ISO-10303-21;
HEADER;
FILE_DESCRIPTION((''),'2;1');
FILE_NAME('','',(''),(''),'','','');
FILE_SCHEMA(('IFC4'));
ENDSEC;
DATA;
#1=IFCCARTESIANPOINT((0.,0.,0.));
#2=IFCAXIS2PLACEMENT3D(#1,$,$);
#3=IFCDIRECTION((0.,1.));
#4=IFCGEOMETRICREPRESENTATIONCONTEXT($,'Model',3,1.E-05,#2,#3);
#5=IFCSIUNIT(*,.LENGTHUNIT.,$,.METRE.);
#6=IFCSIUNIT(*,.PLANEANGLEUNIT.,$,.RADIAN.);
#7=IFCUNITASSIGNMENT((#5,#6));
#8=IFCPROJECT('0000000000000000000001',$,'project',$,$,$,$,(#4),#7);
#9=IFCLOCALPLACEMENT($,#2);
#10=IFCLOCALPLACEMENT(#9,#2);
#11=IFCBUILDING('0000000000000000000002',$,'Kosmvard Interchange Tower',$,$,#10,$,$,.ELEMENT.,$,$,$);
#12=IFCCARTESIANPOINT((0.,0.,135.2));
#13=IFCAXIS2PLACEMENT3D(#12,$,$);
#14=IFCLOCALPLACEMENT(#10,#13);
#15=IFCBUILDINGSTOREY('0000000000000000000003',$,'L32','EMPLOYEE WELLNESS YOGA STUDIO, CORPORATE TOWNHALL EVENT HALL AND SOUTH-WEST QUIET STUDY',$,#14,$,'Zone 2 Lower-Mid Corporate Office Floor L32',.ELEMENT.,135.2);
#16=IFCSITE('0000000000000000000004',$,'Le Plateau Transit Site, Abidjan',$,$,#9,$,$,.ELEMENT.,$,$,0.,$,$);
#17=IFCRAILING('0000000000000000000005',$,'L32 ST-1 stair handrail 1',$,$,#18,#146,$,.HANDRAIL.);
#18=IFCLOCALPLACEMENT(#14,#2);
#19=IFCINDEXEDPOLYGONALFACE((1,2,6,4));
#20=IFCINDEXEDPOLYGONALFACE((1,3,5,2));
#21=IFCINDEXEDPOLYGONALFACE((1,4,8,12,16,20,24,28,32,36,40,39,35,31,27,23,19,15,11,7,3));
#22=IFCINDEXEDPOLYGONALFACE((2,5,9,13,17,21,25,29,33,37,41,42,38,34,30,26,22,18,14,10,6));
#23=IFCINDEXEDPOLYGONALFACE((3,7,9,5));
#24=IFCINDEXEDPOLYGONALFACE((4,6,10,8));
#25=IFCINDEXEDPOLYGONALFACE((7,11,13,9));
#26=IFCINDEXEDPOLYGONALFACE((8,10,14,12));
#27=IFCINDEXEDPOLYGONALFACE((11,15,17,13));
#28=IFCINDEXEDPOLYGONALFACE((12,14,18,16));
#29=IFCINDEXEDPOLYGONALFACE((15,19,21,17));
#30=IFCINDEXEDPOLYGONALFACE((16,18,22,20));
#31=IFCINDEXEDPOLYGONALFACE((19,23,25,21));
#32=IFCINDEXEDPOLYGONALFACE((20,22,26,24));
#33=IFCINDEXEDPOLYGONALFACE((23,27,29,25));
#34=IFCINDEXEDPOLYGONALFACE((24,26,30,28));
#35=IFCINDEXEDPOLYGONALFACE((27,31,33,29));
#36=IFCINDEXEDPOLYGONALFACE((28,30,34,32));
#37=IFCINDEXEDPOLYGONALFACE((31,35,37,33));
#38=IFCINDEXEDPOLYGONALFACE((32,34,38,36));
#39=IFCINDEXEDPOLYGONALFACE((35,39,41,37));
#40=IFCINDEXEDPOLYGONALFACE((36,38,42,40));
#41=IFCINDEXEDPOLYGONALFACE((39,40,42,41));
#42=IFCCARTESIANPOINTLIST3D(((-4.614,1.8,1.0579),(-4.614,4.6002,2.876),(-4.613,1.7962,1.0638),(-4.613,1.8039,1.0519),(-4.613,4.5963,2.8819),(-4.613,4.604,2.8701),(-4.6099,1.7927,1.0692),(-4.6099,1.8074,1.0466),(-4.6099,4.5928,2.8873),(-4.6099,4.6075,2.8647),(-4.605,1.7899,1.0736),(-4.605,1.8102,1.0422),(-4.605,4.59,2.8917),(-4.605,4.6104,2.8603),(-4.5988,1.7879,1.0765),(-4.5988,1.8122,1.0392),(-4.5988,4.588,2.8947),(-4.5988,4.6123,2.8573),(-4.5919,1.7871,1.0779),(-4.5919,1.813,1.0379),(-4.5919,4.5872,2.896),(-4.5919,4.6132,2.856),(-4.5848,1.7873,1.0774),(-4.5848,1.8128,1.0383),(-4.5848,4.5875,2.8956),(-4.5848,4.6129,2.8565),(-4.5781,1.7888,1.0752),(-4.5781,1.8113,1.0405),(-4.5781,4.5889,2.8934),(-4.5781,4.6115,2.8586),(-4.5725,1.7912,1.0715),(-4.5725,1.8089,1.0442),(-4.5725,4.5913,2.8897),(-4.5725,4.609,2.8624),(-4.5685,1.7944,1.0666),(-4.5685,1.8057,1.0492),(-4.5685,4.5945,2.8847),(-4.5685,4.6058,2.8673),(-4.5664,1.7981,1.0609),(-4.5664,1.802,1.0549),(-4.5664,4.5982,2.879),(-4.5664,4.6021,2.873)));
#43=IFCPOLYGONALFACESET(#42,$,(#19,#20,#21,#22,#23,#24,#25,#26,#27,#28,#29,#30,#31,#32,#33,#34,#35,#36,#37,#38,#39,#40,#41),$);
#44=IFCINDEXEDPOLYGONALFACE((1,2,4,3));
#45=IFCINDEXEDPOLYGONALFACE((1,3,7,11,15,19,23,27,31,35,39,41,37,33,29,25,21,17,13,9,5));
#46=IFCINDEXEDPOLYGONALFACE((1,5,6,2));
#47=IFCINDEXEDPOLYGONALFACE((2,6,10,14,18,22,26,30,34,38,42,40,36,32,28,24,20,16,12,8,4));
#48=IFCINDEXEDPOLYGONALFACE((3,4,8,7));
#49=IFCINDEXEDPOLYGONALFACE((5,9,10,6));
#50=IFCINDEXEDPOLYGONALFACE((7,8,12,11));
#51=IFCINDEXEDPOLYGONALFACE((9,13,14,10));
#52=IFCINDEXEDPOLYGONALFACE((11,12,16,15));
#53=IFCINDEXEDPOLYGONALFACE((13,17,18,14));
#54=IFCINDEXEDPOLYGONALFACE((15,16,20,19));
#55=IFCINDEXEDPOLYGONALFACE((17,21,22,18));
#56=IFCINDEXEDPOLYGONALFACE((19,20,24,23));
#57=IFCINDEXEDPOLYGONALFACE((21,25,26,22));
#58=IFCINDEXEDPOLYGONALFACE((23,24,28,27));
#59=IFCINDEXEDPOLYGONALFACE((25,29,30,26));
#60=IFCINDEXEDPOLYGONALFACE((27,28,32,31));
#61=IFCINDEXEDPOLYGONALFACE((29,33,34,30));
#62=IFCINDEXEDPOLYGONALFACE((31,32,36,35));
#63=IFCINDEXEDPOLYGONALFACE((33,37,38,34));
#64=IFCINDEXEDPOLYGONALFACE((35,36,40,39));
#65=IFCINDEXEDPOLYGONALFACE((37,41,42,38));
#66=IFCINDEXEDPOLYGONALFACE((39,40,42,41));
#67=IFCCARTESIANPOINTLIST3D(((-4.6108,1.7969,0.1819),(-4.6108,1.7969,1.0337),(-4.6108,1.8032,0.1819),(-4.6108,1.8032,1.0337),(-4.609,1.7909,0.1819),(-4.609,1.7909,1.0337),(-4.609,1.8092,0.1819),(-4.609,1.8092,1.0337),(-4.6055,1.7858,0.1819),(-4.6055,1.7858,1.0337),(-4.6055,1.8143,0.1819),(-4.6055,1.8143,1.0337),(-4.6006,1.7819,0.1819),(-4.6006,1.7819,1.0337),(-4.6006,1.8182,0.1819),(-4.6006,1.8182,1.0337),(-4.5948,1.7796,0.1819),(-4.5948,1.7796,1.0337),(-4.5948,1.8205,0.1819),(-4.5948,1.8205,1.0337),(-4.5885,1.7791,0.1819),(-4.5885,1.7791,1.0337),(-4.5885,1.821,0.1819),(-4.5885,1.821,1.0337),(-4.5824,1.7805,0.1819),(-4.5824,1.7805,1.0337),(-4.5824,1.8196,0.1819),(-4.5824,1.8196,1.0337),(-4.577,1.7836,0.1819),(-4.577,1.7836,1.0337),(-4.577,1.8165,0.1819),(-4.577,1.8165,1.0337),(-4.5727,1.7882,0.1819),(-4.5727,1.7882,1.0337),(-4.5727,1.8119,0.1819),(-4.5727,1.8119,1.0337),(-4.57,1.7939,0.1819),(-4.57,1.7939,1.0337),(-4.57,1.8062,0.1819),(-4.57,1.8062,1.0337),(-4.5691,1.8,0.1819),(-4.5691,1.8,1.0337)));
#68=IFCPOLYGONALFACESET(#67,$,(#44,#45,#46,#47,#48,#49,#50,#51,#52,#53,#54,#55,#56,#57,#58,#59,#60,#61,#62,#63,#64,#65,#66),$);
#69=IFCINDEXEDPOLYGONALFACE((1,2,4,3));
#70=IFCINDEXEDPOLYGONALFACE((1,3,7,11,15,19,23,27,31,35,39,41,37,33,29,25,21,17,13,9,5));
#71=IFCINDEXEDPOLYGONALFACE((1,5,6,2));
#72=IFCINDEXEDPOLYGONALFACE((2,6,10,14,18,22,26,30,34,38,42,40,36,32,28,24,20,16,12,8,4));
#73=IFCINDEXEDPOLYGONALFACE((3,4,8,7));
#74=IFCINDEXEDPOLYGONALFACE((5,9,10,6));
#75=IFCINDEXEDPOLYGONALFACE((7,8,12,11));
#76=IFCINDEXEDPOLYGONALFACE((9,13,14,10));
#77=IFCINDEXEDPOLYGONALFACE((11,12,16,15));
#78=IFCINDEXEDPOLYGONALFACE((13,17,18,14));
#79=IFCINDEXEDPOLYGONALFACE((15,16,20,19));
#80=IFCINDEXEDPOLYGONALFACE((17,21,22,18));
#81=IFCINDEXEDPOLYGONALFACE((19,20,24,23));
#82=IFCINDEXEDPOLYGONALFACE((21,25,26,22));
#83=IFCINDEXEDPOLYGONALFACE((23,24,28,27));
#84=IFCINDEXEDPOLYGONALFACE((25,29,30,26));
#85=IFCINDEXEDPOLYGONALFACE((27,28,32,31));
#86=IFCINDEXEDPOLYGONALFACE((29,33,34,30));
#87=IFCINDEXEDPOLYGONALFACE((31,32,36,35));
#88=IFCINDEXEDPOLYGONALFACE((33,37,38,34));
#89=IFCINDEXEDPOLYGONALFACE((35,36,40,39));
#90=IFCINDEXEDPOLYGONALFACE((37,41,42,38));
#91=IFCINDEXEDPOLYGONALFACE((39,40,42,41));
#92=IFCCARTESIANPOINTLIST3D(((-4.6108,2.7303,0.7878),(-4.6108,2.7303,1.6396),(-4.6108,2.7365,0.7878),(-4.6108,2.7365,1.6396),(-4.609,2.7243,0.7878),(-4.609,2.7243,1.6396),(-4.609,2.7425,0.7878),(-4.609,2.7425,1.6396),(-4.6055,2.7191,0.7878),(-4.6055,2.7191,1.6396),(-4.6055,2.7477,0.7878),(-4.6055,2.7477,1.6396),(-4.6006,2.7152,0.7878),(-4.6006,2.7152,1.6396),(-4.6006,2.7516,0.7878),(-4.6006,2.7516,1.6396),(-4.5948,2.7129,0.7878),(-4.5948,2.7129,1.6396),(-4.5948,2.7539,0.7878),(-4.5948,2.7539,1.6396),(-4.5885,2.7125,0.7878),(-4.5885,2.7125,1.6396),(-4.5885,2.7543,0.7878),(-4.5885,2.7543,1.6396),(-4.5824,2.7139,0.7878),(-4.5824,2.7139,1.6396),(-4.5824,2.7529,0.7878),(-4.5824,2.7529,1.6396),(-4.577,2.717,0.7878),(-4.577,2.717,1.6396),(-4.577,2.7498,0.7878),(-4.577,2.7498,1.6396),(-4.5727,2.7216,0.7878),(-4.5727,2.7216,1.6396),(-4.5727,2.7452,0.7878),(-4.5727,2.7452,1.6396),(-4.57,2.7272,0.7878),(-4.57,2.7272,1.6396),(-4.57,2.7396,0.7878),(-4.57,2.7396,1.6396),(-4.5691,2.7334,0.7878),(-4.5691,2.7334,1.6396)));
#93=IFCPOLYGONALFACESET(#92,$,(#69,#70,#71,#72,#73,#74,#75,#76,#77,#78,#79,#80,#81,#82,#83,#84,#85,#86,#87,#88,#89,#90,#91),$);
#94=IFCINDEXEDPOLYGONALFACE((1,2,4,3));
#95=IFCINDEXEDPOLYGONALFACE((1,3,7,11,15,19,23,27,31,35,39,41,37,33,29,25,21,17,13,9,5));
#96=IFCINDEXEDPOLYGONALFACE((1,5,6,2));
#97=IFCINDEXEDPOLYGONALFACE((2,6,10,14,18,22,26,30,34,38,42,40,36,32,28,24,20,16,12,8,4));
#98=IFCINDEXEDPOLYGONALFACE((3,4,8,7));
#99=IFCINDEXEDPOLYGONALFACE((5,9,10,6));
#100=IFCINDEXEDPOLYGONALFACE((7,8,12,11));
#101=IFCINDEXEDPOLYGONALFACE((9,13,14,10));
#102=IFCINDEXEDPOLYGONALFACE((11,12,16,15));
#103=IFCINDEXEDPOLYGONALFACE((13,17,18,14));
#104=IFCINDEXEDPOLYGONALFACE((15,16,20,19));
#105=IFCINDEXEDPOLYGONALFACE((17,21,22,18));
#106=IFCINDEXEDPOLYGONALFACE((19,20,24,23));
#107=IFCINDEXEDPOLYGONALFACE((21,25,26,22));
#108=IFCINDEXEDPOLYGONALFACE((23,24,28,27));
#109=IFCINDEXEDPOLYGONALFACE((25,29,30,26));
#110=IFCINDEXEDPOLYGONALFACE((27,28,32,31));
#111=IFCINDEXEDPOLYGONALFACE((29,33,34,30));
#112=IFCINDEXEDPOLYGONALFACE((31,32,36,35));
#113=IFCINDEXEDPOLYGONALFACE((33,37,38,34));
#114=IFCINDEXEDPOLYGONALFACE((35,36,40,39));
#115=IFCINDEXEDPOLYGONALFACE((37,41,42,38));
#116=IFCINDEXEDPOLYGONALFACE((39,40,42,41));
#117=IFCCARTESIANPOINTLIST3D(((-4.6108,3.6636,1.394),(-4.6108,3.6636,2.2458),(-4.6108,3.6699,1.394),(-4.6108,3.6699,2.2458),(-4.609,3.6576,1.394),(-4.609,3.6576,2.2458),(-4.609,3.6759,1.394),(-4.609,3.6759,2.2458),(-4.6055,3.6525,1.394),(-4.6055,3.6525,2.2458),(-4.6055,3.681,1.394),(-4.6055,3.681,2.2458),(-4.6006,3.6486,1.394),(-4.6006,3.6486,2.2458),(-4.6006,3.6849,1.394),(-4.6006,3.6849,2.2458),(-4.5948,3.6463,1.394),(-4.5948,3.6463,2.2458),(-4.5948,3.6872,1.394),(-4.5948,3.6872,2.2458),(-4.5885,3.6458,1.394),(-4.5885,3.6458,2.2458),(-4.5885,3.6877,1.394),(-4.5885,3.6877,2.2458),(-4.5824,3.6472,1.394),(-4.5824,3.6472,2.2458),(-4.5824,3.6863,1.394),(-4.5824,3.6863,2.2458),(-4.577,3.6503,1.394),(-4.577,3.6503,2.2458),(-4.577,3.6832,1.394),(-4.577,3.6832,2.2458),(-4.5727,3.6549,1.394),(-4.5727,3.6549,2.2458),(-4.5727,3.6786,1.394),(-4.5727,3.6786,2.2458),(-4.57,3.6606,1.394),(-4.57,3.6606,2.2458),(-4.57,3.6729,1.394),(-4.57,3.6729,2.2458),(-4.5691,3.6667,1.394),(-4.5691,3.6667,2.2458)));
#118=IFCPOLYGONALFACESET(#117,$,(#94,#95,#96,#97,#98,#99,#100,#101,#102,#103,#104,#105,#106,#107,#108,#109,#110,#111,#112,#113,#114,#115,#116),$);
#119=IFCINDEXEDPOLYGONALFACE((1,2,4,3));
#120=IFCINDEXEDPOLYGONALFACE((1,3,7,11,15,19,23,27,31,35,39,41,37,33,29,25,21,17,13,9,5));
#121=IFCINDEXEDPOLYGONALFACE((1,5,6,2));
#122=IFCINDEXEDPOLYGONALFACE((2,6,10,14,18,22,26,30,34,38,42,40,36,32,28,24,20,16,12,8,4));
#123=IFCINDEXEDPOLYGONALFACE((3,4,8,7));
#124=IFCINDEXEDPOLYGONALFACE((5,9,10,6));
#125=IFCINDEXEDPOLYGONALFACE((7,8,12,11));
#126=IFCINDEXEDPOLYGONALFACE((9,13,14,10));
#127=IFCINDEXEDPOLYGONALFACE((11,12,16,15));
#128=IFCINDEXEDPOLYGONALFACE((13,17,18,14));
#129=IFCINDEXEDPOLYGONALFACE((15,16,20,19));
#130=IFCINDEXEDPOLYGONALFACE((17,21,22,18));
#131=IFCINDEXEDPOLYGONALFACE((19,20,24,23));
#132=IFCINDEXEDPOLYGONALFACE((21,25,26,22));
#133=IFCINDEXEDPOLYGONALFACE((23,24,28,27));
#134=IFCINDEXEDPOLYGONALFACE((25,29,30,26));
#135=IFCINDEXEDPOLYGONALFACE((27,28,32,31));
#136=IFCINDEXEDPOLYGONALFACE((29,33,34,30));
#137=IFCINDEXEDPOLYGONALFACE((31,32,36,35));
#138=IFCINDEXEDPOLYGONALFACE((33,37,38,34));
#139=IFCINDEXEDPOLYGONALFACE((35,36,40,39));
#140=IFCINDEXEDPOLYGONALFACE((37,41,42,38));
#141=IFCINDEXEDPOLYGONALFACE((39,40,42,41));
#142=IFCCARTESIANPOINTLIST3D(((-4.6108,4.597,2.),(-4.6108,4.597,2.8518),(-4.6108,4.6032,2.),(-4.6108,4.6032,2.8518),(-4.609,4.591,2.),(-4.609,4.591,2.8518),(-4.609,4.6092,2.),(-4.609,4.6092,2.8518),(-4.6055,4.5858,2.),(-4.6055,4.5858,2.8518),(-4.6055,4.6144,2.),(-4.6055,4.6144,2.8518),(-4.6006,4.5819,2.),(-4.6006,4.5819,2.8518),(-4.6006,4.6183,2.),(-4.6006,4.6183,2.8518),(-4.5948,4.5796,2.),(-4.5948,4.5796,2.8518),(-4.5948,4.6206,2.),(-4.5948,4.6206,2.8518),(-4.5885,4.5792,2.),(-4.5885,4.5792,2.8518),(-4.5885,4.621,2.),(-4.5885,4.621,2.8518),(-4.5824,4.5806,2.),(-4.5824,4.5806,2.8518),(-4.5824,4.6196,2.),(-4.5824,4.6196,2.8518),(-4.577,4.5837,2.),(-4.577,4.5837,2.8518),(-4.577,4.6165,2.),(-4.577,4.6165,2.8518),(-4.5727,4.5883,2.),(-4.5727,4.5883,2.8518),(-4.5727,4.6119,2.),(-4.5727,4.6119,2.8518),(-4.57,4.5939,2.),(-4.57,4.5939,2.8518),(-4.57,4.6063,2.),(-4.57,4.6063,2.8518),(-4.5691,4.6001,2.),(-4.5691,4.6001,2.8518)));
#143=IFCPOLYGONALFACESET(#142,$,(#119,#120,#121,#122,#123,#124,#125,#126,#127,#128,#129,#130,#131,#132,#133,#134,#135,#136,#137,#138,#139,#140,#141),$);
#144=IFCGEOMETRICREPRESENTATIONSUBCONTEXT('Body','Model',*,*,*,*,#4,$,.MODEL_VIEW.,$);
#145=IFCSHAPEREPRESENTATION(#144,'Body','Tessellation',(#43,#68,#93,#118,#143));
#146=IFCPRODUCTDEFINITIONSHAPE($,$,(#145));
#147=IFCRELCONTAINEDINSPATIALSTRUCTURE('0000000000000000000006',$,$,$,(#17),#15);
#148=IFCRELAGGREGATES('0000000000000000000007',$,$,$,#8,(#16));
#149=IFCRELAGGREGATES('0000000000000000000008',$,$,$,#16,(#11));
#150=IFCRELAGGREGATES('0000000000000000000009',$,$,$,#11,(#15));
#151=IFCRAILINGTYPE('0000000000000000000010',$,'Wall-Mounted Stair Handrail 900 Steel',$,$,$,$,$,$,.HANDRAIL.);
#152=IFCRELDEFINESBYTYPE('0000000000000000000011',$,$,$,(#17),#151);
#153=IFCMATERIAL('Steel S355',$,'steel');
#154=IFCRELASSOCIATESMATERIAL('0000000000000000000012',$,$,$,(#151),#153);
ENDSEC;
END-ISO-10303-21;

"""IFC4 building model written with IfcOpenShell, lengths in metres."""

from ifc_helpers import new_model, si_unit, direction, frame, origin, origin_2d, place, context, subcontext, project, spatial, circle, extrude, source, transform, mapped, material, type_object, element, save


model = new_model("IFC4")

# Units and contexts
model_context = context("Model", 3, precision=1e-05, world=origin(), true_north=direction((0.0, 1.0)))
body_context = subcontext(model_context, "Body", "Model", "MODEL_VIEW")
ifc_project = project(units=[si_unit("LENGTHUNIT", "METRE"), si_unit("PLANEANGLEUNIT", "RADIAN")], contexts=[model_context])

# Site, building, storey
site_placement = place(None, origin())
site = spatial("IfcSite", under=ifc_project, at=site_placement, Name="Le Plateau Transit Site, Abidjan", CompositionType="ELEMENT", RefElevation=0.0)
building_placement = place(site_placement, origin())
building = spatial("IfcBuilding", under=site, at=building_placement, Name="Kosmvard Interchange Tower", CompositionType="ELEMENT")
storey_placement = place(building_placement, frame((0.0, 0.0, 135.2)))
storey = spatial("IfcBuildingStorey", under=building, at=storey_placement, Name="L32", Description="EMPLOYEE WELLNESS YOGA STUDIO, CORPORATE TOWNHALL EVENT HALL AND SOUTH-WEST QUIET STUDY", LongName="Zone 2 Lower-Mid Corporate Office Floor L32", CompositionType="ELEMENT", Elevation=135.2)

# Shared definitions
ifc_material_1 = material(Name="Steel S355", Category="steel")

# Railing
railing_type_1 = type_object("IfcRailingType", Name="Wall-Mounted Stair Handrail 900 Steel", PredefinedType="HANDRAIL", material=ifc_material_1)
shared_shape_1 = source(origin(), body_context, "Body", "SweptSolid", [
    extrude(circle(Radius=0.0239, at=origin_2d()), frame((0.0, 0.0, 0.876), z_axis=(0.0, 0.838706, 0.544585), x_axis=(-1.0, 0.0, 0.0)), (0.0, 0.0, 1.0), 3.3386),
    extrude(circle(Radius=0.021, at=origin_2d()), origin(), (0.0, 0.0, 1.0), 0.8518),
    extrude(circle(Radius=0.021, at=origin_2d()), frame((0.0, 0.9333, 0.606)), (0.0, 0.0, 1.0), 0.8518),
    extrude(circle(Radius=0.021, at=origin_2d()), frame((0.0, 1.8667, 1.2122)), (0.0, 0.0, 1.0), 0.8518),
    extrude(circle(Radius=0.021, at=origin_2d()), frame((0.0, 2.8, 1.8181)), (0.0, 0.0, 1.0), 0.8518),
])
railing_1_placement = place(storey_placement, frame((-4.5901, 1.8, 0.1819)))
element("IfcRailing", 1, at=railing_1_placement, inside=storey, type_object=railing_type_1, Name="L32 ST-1 stair handrail 1", PredefinedType="HANDRAIL", context=body_context, shape_type="MappedRepresentation", body=[
    mapped(shared_shape_1, transform((0.0, 0.0, 0.0), scale=1.0)),
])

save(model, "model.ifc")
